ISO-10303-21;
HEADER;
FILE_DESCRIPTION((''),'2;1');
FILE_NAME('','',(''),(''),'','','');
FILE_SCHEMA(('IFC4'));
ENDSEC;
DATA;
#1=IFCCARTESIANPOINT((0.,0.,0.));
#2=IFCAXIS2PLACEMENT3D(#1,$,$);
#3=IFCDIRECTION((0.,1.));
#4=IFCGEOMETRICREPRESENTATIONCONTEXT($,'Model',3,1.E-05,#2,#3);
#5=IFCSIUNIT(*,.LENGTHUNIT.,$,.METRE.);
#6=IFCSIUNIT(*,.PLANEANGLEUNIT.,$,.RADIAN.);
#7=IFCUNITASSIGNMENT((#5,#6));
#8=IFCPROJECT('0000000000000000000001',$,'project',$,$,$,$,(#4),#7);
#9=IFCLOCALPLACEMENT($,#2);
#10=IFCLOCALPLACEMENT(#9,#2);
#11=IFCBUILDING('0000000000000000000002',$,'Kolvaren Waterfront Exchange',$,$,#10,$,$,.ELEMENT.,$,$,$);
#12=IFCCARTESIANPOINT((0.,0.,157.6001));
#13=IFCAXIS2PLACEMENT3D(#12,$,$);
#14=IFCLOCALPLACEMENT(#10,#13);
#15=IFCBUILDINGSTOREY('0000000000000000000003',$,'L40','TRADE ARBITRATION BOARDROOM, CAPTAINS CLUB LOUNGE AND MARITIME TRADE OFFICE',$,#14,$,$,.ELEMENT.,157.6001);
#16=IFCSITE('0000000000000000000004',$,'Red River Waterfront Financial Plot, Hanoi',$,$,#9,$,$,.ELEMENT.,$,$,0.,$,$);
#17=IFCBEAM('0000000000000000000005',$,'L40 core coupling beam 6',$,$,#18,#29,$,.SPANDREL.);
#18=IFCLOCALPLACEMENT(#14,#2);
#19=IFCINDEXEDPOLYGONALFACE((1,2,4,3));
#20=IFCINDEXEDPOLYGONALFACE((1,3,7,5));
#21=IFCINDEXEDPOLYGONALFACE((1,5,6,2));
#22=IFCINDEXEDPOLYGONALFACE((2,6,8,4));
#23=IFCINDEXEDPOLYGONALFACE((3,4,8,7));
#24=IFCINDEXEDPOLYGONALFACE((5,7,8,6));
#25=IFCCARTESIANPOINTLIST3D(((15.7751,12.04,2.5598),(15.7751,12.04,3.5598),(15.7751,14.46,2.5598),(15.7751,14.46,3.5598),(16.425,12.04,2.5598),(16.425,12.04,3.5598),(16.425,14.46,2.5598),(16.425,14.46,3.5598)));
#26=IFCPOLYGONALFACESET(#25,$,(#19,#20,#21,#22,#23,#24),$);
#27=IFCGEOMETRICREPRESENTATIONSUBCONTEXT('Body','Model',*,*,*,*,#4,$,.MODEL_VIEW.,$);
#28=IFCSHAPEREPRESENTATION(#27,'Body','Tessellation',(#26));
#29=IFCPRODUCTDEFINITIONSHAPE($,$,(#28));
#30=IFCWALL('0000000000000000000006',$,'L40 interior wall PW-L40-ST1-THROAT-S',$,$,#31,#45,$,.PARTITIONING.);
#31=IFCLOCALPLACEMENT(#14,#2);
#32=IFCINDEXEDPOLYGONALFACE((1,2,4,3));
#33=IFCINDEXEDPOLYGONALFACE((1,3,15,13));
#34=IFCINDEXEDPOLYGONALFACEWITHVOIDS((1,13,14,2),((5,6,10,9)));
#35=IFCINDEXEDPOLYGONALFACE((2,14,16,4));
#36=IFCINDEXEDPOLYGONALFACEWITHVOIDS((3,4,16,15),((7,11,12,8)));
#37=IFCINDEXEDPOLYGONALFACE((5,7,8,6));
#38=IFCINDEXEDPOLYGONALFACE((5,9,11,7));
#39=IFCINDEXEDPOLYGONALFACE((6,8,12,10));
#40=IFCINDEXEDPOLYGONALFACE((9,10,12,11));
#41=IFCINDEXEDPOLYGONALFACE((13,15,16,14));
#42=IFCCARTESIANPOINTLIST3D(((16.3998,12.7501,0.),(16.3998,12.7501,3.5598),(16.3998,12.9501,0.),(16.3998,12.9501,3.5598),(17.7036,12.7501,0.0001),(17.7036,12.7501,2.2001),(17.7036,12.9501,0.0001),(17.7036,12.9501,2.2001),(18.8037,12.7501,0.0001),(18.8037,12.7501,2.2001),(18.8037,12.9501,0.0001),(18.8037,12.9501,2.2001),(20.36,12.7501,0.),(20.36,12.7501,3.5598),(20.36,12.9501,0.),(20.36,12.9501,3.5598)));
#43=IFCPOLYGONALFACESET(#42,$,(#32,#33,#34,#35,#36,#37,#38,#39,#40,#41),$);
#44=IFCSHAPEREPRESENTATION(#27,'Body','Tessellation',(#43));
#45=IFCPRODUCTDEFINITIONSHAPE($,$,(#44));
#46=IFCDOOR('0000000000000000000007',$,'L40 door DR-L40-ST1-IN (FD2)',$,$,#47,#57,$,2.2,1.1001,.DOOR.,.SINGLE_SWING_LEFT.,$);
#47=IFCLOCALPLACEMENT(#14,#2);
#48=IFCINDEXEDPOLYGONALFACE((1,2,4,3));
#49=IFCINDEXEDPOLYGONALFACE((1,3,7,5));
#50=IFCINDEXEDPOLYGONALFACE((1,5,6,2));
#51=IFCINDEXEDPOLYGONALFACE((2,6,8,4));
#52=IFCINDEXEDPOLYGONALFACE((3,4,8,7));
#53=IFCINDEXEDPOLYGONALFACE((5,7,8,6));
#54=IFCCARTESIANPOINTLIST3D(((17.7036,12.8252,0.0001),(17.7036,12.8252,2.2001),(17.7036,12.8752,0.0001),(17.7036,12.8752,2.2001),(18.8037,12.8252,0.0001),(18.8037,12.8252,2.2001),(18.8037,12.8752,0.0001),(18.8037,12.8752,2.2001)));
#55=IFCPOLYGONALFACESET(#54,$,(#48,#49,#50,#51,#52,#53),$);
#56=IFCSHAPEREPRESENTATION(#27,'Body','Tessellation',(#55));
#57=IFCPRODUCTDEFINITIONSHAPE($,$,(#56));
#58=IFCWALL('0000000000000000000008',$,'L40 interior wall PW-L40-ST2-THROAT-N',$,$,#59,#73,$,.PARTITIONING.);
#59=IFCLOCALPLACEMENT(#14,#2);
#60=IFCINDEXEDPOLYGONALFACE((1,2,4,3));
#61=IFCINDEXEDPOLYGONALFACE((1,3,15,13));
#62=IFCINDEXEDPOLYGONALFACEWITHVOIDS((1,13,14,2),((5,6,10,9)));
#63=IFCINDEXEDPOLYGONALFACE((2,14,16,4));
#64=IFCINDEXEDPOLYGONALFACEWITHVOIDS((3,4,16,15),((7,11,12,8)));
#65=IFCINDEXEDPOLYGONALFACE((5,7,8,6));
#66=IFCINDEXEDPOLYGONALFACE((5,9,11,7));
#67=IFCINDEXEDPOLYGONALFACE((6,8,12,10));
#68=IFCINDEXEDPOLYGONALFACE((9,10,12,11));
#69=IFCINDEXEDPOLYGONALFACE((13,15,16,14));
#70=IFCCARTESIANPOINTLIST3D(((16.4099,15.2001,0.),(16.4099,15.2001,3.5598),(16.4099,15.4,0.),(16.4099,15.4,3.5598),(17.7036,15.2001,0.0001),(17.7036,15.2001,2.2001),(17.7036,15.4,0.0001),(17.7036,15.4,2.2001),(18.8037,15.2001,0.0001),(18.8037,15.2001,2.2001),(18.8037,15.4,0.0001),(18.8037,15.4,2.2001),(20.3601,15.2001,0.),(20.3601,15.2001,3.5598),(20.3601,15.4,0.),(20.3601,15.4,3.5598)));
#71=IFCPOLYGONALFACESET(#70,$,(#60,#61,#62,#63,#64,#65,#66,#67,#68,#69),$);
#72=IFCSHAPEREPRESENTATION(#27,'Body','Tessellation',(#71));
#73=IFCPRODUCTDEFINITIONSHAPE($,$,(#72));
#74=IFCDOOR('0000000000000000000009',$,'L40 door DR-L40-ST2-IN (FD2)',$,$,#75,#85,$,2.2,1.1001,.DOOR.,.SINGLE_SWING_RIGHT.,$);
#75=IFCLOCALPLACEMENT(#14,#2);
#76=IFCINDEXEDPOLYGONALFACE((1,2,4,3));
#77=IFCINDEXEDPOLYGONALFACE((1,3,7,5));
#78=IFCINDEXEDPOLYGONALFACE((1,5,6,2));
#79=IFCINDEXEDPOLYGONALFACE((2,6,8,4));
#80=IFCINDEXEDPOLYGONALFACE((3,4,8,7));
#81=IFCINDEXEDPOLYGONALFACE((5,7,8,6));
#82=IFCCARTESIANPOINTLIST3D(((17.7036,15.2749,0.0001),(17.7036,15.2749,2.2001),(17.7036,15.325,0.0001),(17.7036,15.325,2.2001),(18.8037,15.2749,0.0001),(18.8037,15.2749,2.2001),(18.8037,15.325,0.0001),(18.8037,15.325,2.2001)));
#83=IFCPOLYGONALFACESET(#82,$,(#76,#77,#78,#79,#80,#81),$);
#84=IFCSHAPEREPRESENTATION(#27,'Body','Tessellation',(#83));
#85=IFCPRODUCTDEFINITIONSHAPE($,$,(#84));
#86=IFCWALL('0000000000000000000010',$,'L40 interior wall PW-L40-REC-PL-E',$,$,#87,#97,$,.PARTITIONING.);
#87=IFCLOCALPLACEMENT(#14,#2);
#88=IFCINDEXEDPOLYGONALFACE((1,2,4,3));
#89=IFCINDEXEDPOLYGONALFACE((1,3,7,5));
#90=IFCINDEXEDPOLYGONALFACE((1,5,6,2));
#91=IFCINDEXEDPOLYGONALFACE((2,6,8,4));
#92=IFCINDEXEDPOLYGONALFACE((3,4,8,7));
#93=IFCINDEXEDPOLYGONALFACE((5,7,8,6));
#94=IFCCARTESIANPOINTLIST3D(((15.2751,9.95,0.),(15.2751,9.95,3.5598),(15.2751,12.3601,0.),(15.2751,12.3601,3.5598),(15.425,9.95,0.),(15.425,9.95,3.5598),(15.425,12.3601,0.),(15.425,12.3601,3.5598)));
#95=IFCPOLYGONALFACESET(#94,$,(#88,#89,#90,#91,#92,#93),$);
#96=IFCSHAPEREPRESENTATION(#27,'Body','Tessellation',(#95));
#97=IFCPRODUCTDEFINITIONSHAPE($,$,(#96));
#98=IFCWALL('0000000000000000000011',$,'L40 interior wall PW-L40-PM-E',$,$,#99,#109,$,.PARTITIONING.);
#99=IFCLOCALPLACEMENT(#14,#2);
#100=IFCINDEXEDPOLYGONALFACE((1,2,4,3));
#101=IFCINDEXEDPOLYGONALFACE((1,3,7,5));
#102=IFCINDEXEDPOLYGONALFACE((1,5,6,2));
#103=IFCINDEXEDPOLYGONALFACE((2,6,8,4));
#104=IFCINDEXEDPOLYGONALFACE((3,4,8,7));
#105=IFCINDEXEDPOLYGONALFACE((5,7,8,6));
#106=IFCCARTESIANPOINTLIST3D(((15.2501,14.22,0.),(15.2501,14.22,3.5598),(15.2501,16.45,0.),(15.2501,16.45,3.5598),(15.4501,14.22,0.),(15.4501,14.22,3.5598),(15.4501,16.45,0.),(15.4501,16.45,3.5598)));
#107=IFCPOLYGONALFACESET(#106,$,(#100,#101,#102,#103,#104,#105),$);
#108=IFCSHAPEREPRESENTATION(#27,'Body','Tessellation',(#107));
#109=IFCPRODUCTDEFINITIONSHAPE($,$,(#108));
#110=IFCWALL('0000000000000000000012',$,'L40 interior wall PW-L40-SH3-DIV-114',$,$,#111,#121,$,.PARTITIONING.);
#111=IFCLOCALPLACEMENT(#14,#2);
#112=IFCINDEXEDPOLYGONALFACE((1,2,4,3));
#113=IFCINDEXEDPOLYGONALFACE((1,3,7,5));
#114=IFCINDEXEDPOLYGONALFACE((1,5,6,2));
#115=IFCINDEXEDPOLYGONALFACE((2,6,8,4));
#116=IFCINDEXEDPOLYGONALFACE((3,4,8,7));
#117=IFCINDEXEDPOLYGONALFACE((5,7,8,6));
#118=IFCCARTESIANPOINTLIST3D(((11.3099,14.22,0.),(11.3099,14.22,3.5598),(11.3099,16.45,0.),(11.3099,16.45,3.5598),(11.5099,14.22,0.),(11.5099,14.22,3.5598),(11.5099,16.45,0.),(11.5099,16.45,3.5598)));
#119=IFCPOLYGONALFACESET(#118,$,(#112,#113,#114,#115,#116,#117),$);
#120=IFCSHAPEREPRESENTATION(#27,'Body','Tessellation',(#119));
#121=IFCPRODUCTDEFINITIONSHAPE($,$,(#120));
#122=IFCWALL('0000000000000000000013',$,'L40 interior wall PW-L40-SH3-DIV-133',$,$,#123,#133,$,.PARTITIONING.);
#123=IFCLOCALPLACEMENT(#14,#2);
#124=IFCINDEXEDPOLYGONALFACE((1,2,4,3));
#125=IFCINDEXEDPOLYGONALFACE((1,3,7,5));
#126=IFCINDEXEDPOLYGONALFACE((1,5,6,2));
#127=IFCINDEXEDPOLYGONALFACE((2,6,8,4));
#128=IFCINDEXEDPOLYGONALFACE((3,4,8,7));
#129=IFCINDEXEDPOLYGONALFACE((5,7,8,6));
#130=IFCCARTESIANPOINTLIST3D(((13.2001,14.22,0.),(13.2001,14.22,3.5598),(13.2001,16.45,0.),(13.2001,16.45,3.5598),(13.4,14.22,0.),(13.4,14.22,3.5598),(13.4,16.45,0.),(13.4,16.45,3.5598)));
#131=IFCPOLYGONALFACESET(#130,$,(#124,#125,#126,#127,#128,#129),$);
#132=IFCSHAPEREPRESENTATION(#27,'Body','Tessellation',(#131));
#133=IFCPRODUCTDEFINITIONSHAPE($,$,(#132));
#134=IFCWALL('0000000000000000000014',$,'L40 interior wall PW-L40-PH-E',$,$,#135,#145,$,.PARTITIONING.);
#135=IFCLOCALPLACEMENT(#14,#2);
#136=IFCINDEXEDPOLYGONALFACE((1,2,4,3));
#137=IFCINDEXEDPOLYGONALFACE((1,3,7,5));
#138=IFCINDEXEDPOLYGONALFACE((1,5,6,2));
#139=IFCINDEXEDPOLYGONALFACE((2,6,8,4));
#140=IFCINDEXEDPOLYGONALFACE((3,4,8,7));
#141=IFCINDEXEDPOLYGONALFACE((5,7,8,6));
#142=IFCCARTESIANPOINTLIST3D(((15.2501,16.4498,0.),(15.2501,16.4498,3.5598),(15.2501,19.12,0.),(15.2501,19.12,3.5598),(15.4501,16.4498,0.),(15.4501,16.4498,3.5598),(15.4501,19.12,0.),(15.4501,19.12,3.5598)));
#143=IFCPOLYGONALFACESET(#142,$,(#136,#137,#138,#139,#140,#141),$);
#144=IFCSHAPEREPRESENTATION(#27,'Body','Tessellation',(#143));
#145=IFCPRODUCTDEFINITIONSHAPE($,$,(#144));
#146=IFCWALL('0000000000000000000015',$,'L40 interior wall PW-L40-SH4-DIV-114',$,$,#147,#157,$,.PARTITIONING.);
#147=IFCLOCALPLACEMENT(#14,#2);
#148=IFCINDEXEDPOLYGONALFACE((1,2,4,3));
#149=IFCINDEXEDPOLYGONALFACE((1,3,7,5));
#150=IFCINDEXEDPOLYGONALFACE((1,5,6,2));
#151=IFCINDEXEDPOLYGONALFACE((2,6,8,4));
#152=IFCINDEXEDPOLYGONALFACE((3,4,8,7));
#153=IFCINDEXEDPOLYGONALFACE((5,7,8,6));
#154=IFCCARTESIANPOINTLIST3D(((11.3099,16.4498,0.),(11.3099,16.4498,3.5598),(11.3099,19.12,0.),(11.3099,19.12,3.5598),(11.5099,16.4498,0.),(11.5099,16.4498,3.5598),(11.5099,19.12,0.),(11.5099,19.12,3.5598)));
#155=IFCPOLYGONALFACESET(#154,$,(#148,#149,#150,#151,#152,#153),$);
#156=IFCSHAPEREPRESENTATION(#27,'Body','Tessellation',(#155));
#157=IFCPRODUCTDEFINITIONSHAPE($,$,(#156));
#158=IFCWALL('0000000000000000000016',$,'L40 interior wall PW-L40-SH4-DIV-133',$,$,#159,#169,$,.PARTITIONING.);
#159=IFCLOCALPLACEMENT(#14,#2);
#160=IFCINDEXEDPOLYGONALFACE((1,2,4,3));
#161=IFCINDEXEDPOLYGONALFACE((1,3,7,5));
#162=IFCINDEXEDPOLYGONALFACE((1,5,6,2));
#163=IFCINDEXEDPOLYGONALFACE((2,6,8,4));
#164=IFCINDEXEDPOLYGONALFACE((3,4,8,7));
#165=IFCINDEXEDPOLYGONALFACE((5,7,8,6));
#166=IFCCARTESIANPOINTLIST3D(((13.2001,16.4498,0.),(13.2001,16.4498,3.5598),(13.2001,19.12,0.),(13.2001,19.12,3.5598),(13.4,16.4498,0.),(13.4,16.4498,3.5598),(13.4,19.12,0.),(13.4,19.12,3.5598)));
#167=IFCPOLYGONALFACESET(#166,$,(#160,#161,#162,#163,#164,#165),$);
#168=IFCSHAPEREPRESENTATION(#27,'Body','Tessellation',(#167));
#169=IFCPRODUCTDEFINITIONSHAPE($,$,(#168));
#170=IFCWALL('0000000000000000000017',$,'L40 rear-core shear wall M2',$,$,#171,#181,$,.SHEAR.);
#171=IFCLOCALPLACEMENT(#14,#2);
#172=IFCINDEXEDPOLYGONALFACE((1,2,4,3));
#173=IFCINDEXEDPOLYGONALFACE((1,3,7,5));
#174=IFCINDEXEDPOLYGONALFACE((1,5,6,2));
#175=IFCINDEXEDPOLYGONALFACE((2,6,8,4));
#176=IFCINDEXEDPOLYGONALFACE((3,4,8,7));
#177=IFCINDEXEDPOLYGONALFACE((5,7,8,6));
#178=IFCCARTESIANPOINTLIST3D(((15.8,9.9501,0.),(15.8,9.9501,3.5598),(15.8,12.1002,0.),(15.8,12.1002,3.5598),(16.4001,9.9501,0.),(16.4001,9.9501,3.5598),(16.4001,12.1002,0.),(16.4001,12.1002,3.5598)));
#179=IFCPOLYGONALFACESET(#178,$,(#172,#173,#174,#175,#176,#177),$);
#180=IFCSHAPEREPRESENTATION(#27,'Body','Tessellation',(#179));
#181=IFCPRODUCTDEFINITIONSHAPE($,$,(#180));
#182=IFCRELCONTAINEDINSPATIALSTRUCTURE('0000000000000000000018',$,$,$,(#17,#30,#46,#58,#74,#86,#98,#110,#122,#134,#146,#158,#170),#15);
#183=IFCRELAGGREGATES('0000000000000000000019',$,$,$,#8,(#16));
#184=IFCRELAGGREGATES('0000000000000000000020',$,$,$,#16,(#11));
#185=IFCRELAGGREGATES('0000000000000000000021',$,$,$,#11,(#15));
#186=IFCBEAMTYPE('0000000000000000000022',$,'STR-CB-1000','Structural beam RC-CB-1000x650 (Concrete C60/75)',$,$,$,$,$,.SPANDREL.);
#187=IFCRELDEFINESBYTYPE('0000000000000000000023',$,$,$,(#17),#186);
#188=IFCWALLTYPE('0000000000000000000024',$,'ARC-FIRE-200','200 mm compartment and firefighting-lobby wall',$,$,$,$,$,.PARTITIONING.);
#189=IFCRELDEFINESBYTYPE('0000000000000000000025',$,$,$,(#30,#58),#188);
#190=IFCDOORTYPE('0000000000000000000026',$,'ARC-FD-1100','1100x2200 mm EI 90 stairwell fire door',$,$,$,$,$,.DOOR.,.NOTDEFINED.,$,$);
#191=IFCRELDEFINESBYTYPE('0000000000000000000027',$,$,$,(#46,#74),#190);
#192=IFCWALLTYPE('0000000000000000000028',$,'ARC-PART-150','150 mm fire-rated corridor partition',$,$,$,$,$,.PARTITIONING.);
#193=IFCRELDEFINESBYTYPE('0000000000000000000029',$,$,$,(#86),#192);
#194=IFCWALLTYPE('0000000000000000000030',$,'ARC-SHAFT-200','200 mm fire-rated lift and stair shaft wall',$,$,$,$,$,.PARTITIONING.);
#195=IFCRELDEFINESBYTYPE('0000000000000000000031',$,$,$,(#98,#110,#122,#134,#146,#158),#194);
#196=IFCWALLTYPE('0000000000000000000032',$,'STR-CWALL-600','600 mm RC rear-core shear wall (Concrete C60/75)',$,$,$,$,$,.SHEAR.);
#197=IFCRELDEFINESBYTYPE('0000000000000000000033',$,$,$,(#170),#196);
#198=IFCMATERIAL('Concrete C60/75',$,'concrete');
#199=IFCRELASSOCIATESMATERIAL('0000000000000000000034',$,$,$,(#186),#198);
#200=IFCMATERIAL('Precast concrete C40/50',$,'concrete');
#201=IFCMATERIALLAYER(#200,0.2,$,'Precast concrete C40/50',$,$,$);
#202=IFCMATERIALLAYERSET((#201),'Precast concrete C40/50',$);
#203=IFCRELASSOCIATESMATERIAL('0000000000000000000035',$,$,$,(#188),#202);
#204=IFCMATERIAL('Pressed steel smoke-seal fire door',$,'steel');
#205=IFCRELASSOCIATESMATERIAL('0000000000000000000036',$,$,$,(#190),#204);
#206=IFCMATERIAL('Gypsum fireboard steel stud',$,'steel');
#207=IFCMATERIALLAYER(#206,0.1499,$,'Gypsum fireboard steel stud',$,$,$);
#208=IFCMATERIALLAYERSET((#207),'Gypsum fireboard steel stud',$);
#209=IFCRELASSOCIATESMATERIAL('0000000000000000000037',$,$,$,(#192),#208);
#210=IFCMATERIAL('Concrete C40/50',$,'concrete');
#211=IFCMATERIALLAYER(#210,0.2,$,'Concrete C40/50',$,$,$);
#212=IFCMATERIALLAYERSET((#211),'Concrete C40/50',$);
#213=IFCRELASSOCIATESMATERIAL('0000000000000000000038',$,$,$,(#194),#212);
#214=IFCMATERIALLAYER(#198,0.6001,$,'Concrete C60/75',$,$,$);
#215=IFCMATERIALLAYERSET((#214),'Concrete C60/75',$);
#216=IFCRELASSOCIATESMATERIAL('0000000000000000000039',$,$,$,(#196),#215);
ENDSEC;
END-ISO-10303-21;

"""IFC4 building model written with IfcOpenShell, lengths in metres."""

from ifc_helpers import new_model, si_unit, direction, frame, frame_2d, origin, origin_2d, place, context, subcontext, project, spatial, rectangle, extrude, material, layer, layer_set, material_profile, profile_set, type_object, element, fill, save


model = new_model("IFC4")

# Units and contexts
model_context = context("Model", 3, precision=1e-05, world=origin(), true_north=direction((0.0, 1.0)))
body_context = subcontext(model_context, "Body", "Model", "MODEL_VIEW")
ifc_project = project(units=[si_unit("LENGTHUNIT", "METRE"), si_unit("PLANEANGLEUNIT", "RADIAN")], contexts=[model_context])

# Site, building, storey
site_placement = place(None, origin())
site = spatial("IfcSite", under=ifc_project, at=site_placement, Name="Red River Waterfront Financial Plot, Hanoi", CompositionType="ELEMENT", RefElevation=0.0)
building_placement = place(site_placement, origin())
building = spatial("IfcBuilding", under=site, at=building_placement, Name="Kolvaren Waterfront Exchange", CompositionType="ELEMENT")
storey_placement = place(building_placement, frame((0.0, 0.0, 157.6001)))
storey = spatial("IfcBuildingStorey", under=building, at=storey_placement, Name="L40", Description="TRADE ARBITRATION BOARDROOM, CAPTAINS CLUB LOUNGE AND MARITIME TRADE OFFICE", CompositionType="ELEMENT", Elevation=157.6001)

# Beam
ifc_material_1 = material(Name="Concrete C60/75", Category="concrete")
ifc_material_profile = material_profile(ifc_material_1, rectangle(XDim=0.6499, YDim=1.0, at=origin_2d()), Name="RC-CB-1000x650")
ifc_profile_set = profile_set([ifc_material_profile], Name="Concrete C60/75")
beam_type = type_object("IfcBeamType", Name="STR-CB-1000", Description="Structural beam RC-CB-1000x650 (Concrete C60/75)", PredefinedType="SPANDREL", material=ifc_profile_set)
beam_placement = place(storey_placement, frame((16.1001, 12.04, 3.0598), z_axis=(0.0, 1.0, 0.0), x_axis=(-1.0, 0.0, 0.0)))
element("IfcBeam", 1, at=beam_placement, inside=storey, type_object=beam_type, Name="L40 core coupling beam 6", PredefinedType="SPANDREL", context=body_context, shape_type="SweptSolid", body=[
    extrude(rectangle(XDim=0.6499, YDim=1.0, at=origin_2d()), origin(), (0.0, 0.0, 1.0), 2.4199),
])

# Walls, openings, doors
ifc_material_2 = material(Name="Precast concrete C40/50", Category="concrete")
ifc_layer_1 = layer(ifc_material_2, 0.2, Name="Precast concrete C40/50")
ifc_layer_set_1 = layer_set([ifc_layer_1], Name="Precast concrete C40/50")
wall_type_1 = type_object("IfcWallType", Name="ARC-FIRE-200", Description="200 mm compartment and firefighting-lobby wall", PredefinedType="PARTITIONING", material=ifc_layer_set_1)
wall_1_placement = place(storey_placement, frame((16.3999, 12.8501, 0.0), z_axis=(0.0, 0.0, 1.0), x_axis=(1.0, 0.0, 0.0)))
wall_1 = element("IfcWall", 2, at=wall_1_placement, inside=storey, type_object=wall_type_1, Name="L40 interior wall PW-L40-ST1-THROAT-S", PredefinedType="PARTITIONING", context=body_context, shape_type="SweptSolid", body=[
    extrude(rectangle(XDim=3.9602, YDim=0.2, at=frame_2d((1.98, 0.0))), origin(), (0.0, 0.0, 1.0), 3.5598),
])
opening_1_placement = place(wall_1_placement, frame((1.3037, 0.0, 0.0)))
opening_1 = element("IfcOpeningElement", 3, at=opening_1_placement, cuts=wall_1, PredefinedType="OPENING", context=body_context, shape_type="SweptSolid", body=[
    extrude(rectangle(XDim=1.1001, YDim=2.2, at=frame_2d((0.55, 1.1001))), frame((0.0, 0.1099, 0.0), z_axis=(0.0, -1.0, 0.0), x_axis=(1.0, 0.0, 0.0)), (0.0, 0.0, 1.0), 0.22),
])
ifc_material_3 = material(Name="Pressed steel smoke-seal fire door", Category="steel")
door_type = type_object("IfcDoorType", Name="ARC-FD-1100", Description="1100x2200 mm EI 90 stairwell fire door", OperationType="NOTDEFINED", PredefinedType="DOOR", material=ifc_material_3)
door_1_placement = place(opening_1_placement, frame((1.1001, 0.0, 0.0), z_axis=(0.0, 0.0, 1.0), x_axis=(-1.0, 0.0, 0.0)))
door_1 = element("IfcDoor", 4, at=door_1_placement, inside=storey, type_object=door_type, Name="L40 door DR-L40-ST1-IN (FD2)", OperationType="SINGLE_SWING_LEFT", OverallHeight=2.2, OverallWidth=1.1001, PredefinedType="DOOR", context=body_context, shape_type="SweptSolid", body=[
    extrude(rectangle(XDim=1.1001, YDim=2.2, at=frame_2d((0.55, 1.1001))), frame((0.0, 0.0249, 0.0), z_axis=(0.0, -1.0, 0.0), x_axis=(1.0, 0.0, 0.0)), (0.0, 0.0, 1.0), 0.05),
])
fill(opening_1, door_1)
wall_2_placement = place(storey_placement, frame((16.4099, 15.3, 0.0), z_axis=(0.0, 0.0, 1.0), x_axis=(1.0, 0.0, 0.0)))
wall_2 = element("IfcWall", 5, at=wall_2_placement, inside=storey, type_object=wall_type_1, Name="L40 interior wall PW-L40-ST2-THROAT-N", PredefinedType="PARTITIONING", context=body_context, shape_type="SweptSolid", body=[
    extrude(rectangle(XDim=3.9502, YDim=0.2, at=frame_2d((1.9751, 0.0))), origin(), (0.0, 0.0, 1.0), 3.5598),
])
opening_2_placement = place(wall_2_placement, frame((1.2937, 0.0, 0.0)))
opening_2 = element("IfcOpeningElement", 6, at=opening_2_placement, cuts=wall_2, PredefinedType="OPENING", context=body_context, shape_type="SweptSolid", body=[
    extrude(rectangle(XDim=1.1001, YDim=2.2, at=frame_2d((0.55, 1.1001))), frame((0.0, 0.1099, 0.0), z_axis=(0.0, -1.0, 0.0), x_axis=(1.0, 0.0, 0.0)), (0.0, 0.0, 1.0), 0.22),
])
door_2_placement = place(opening_2_placement, origin())
door_2 = element("IfcDoor", 7, at=door_2_placement, inside=storey, type_object=door_type, Name="L40 door DR-L40-ST2-IN (FD2)", OperationType="SINGLE_SWING_RIGHT", OverallHeight=2.2, OverallWidth=1.1001, PredefinedType="DOOR", context=body_context, shape_type="SweptSolid", body=[
    extrude(rectangle(XDim=1.1001, YDim=2.2, at=frame_2d((0.55, 1.1001))), frame((0.0, 0.0249, 0.0), z_axis=(0.0, -1.0, 0.0), x_axis=(1.0, 0.0, 0.0)), (0.0, 0.0, 1.0), 0.05),
])
fill(opening_2, door_2)

# Walls
ifc_material_4 = material(Name="Gypsum fireboard steel stud", Category="steel")
ifc_layer_2 = layer(ifc_material_4, 0.1499, Name="Gypsum fireboard steel stud")
ifc_layer_set_2 = layer_set([ifc_layer_2], Name="Gypsum fireboard steel stud")
wall_type_2 = type_object("IfcWallType", Name="ARC-PART-150", Description="150 mm fire-rated corridor partition", PredefinedType="PARTITIONING", material=ifc_layer_set_2)
wall_3_placement = place(storey_placement, frame((15.3501, 9.95, 0.0), z_axis=(0.0, 0.0, 1.0), x_axis=(0.0, 1.0, 0.0)))
element("IfcWall", 8, at=wall_3_placement, inside=storey, type_object=wall_type_2, Name="L40 interior wall PW-L40-REC-PL-E", PredefinedType="PARTITIONING", context=body_context, shape_type="SweptSolid", body=[
    extrude(rectangle(XDim=2.4102, YDim=0.1499, at=frame_2d((1.2051, 0.0))), origin(), (0.0, 0.0, 1.0), 3.5598),
])
ifc_material_5 = material(Name="Concrete C40/50", Category="concrete")
ifc_layer_3 = layer(ifc_material_5, 0.2, Name="Concrete C40/50")
ifc_layer_set_3 = layer_set([ifc_layer_3], Name="Concrete C40/50")
wall_type_3 = type_object("IfcWallType", Name="ARC-SHAFT-200", Description="200 mm fire-rated lift and stair shaft wall", PredefinedType="PARTITIONING", material=ifc_layer_set_3)
for number, where, z_axis, x_axis, name in (
    (9, (15.3501, 14.22, 0.0), (0.0, 0.0, 1.0), (0.0, 1.0, 0.0), "L40 interior wall PW-L40-PM-E"),
    (10, (11.4099, 14.22, 0.0), (0.0, 0.0, 1.0), (0.0, 1.0, 0.0), "L40 interior wall PW-L40-SH3-DIV-114"),
    (11, (13.3, 14.22, 0.0), (0.0, 0.0, 1.0), (0.0, 1.0, 0.0), "L40 interior wall PW-L40-SH3-DIV-133"),
):
    element("IfcWall", number, at=place(storey_placement, frame(where, z_axis=z_axis, x_axis=x_axis)), inside=storey, type_object=wall_type_3, Name=name, PredefinedType="PARTITIONING", context=body_context, shape_type="SweptSolid", body=[
        extrude(rectangle(XDim=2.23, YDim=0.2, at=frame_2d((1.115, 0.0))), origin(), (0.0, 0.0, 1.0), 3.5598),
    ])
for number, where, z_axis, x_axis, name in (
    (12, (15.3501, 16.45, 0.0), (0.0, 0.0, 1.0), (0.0, 1.0, 0.0), "L40 interior wall PW-L40-PH-E"),
    (13, (11.4099, 16.45, 0.0), (0.0, 0.0, 1.0), (0.0, 1.0, 0.0), "L40 interior wall PW-L40-SH4-DIV-114"),
    (14, (13.3, 16.45, 0.0), (0.0, 0.0, 1.0), (0.0, 1.0, 0.0), "L40 interior wall PW-L40-SH4-DIV-133"),
):
    element("IfcWall", number, at=place(storey_placement, frame(where, z_axis=z_axis, x_axis=x_axis)), inside=storey, type_object=wall_type_3, Name=name, PredefinedType="PARTITIONING", context=body_context, shape_type="SweptSolid", body=[
        extrude(rectangle(XDim=2.6702, YDim=0.2, at=frame_2d((1.335, 0.0))), origin(), (0.0, 0.0, 1.0), 3.5598),
    ])
ifc_layer_4 = layer(ifc_material_1, 0.6001, Name="Concrete C60/75")
ifc_layer_set_4 = layer_set([ifc_layer_4], Name="Concrete C60/75")
wall_type_4 = type_object("IfcWallType", Name="STR-CWALL-600", Description="600 mm RC rear-core shear wall (Concrete C60/75)", PredefinedType="SHEAR", material=ifc_layer_set_4)
wall_4_placement = place(storey_placement, frame((16.1001, 9.95, 0.0), z_axis=(0.0, 0.0, 1.0), x_axis=(0.0, 1.0, 0.0)))
element("IfcWall", 15, at=wall_4_placement, inside=storey, type_object=wall_type_4, Name="L40 rear-core shear wall M2", PredefinedType="SHEAR", context=body_context, shape_type="SweptSolid", body=[
    extrude(rectangle(XDim=2.1501, YDim=0.6001, at=frame_2d((1.0752, 0.0))), origin(), (0.0, 0.0, 1.0), 3.5598),
])

save(model, "model.ifc")
